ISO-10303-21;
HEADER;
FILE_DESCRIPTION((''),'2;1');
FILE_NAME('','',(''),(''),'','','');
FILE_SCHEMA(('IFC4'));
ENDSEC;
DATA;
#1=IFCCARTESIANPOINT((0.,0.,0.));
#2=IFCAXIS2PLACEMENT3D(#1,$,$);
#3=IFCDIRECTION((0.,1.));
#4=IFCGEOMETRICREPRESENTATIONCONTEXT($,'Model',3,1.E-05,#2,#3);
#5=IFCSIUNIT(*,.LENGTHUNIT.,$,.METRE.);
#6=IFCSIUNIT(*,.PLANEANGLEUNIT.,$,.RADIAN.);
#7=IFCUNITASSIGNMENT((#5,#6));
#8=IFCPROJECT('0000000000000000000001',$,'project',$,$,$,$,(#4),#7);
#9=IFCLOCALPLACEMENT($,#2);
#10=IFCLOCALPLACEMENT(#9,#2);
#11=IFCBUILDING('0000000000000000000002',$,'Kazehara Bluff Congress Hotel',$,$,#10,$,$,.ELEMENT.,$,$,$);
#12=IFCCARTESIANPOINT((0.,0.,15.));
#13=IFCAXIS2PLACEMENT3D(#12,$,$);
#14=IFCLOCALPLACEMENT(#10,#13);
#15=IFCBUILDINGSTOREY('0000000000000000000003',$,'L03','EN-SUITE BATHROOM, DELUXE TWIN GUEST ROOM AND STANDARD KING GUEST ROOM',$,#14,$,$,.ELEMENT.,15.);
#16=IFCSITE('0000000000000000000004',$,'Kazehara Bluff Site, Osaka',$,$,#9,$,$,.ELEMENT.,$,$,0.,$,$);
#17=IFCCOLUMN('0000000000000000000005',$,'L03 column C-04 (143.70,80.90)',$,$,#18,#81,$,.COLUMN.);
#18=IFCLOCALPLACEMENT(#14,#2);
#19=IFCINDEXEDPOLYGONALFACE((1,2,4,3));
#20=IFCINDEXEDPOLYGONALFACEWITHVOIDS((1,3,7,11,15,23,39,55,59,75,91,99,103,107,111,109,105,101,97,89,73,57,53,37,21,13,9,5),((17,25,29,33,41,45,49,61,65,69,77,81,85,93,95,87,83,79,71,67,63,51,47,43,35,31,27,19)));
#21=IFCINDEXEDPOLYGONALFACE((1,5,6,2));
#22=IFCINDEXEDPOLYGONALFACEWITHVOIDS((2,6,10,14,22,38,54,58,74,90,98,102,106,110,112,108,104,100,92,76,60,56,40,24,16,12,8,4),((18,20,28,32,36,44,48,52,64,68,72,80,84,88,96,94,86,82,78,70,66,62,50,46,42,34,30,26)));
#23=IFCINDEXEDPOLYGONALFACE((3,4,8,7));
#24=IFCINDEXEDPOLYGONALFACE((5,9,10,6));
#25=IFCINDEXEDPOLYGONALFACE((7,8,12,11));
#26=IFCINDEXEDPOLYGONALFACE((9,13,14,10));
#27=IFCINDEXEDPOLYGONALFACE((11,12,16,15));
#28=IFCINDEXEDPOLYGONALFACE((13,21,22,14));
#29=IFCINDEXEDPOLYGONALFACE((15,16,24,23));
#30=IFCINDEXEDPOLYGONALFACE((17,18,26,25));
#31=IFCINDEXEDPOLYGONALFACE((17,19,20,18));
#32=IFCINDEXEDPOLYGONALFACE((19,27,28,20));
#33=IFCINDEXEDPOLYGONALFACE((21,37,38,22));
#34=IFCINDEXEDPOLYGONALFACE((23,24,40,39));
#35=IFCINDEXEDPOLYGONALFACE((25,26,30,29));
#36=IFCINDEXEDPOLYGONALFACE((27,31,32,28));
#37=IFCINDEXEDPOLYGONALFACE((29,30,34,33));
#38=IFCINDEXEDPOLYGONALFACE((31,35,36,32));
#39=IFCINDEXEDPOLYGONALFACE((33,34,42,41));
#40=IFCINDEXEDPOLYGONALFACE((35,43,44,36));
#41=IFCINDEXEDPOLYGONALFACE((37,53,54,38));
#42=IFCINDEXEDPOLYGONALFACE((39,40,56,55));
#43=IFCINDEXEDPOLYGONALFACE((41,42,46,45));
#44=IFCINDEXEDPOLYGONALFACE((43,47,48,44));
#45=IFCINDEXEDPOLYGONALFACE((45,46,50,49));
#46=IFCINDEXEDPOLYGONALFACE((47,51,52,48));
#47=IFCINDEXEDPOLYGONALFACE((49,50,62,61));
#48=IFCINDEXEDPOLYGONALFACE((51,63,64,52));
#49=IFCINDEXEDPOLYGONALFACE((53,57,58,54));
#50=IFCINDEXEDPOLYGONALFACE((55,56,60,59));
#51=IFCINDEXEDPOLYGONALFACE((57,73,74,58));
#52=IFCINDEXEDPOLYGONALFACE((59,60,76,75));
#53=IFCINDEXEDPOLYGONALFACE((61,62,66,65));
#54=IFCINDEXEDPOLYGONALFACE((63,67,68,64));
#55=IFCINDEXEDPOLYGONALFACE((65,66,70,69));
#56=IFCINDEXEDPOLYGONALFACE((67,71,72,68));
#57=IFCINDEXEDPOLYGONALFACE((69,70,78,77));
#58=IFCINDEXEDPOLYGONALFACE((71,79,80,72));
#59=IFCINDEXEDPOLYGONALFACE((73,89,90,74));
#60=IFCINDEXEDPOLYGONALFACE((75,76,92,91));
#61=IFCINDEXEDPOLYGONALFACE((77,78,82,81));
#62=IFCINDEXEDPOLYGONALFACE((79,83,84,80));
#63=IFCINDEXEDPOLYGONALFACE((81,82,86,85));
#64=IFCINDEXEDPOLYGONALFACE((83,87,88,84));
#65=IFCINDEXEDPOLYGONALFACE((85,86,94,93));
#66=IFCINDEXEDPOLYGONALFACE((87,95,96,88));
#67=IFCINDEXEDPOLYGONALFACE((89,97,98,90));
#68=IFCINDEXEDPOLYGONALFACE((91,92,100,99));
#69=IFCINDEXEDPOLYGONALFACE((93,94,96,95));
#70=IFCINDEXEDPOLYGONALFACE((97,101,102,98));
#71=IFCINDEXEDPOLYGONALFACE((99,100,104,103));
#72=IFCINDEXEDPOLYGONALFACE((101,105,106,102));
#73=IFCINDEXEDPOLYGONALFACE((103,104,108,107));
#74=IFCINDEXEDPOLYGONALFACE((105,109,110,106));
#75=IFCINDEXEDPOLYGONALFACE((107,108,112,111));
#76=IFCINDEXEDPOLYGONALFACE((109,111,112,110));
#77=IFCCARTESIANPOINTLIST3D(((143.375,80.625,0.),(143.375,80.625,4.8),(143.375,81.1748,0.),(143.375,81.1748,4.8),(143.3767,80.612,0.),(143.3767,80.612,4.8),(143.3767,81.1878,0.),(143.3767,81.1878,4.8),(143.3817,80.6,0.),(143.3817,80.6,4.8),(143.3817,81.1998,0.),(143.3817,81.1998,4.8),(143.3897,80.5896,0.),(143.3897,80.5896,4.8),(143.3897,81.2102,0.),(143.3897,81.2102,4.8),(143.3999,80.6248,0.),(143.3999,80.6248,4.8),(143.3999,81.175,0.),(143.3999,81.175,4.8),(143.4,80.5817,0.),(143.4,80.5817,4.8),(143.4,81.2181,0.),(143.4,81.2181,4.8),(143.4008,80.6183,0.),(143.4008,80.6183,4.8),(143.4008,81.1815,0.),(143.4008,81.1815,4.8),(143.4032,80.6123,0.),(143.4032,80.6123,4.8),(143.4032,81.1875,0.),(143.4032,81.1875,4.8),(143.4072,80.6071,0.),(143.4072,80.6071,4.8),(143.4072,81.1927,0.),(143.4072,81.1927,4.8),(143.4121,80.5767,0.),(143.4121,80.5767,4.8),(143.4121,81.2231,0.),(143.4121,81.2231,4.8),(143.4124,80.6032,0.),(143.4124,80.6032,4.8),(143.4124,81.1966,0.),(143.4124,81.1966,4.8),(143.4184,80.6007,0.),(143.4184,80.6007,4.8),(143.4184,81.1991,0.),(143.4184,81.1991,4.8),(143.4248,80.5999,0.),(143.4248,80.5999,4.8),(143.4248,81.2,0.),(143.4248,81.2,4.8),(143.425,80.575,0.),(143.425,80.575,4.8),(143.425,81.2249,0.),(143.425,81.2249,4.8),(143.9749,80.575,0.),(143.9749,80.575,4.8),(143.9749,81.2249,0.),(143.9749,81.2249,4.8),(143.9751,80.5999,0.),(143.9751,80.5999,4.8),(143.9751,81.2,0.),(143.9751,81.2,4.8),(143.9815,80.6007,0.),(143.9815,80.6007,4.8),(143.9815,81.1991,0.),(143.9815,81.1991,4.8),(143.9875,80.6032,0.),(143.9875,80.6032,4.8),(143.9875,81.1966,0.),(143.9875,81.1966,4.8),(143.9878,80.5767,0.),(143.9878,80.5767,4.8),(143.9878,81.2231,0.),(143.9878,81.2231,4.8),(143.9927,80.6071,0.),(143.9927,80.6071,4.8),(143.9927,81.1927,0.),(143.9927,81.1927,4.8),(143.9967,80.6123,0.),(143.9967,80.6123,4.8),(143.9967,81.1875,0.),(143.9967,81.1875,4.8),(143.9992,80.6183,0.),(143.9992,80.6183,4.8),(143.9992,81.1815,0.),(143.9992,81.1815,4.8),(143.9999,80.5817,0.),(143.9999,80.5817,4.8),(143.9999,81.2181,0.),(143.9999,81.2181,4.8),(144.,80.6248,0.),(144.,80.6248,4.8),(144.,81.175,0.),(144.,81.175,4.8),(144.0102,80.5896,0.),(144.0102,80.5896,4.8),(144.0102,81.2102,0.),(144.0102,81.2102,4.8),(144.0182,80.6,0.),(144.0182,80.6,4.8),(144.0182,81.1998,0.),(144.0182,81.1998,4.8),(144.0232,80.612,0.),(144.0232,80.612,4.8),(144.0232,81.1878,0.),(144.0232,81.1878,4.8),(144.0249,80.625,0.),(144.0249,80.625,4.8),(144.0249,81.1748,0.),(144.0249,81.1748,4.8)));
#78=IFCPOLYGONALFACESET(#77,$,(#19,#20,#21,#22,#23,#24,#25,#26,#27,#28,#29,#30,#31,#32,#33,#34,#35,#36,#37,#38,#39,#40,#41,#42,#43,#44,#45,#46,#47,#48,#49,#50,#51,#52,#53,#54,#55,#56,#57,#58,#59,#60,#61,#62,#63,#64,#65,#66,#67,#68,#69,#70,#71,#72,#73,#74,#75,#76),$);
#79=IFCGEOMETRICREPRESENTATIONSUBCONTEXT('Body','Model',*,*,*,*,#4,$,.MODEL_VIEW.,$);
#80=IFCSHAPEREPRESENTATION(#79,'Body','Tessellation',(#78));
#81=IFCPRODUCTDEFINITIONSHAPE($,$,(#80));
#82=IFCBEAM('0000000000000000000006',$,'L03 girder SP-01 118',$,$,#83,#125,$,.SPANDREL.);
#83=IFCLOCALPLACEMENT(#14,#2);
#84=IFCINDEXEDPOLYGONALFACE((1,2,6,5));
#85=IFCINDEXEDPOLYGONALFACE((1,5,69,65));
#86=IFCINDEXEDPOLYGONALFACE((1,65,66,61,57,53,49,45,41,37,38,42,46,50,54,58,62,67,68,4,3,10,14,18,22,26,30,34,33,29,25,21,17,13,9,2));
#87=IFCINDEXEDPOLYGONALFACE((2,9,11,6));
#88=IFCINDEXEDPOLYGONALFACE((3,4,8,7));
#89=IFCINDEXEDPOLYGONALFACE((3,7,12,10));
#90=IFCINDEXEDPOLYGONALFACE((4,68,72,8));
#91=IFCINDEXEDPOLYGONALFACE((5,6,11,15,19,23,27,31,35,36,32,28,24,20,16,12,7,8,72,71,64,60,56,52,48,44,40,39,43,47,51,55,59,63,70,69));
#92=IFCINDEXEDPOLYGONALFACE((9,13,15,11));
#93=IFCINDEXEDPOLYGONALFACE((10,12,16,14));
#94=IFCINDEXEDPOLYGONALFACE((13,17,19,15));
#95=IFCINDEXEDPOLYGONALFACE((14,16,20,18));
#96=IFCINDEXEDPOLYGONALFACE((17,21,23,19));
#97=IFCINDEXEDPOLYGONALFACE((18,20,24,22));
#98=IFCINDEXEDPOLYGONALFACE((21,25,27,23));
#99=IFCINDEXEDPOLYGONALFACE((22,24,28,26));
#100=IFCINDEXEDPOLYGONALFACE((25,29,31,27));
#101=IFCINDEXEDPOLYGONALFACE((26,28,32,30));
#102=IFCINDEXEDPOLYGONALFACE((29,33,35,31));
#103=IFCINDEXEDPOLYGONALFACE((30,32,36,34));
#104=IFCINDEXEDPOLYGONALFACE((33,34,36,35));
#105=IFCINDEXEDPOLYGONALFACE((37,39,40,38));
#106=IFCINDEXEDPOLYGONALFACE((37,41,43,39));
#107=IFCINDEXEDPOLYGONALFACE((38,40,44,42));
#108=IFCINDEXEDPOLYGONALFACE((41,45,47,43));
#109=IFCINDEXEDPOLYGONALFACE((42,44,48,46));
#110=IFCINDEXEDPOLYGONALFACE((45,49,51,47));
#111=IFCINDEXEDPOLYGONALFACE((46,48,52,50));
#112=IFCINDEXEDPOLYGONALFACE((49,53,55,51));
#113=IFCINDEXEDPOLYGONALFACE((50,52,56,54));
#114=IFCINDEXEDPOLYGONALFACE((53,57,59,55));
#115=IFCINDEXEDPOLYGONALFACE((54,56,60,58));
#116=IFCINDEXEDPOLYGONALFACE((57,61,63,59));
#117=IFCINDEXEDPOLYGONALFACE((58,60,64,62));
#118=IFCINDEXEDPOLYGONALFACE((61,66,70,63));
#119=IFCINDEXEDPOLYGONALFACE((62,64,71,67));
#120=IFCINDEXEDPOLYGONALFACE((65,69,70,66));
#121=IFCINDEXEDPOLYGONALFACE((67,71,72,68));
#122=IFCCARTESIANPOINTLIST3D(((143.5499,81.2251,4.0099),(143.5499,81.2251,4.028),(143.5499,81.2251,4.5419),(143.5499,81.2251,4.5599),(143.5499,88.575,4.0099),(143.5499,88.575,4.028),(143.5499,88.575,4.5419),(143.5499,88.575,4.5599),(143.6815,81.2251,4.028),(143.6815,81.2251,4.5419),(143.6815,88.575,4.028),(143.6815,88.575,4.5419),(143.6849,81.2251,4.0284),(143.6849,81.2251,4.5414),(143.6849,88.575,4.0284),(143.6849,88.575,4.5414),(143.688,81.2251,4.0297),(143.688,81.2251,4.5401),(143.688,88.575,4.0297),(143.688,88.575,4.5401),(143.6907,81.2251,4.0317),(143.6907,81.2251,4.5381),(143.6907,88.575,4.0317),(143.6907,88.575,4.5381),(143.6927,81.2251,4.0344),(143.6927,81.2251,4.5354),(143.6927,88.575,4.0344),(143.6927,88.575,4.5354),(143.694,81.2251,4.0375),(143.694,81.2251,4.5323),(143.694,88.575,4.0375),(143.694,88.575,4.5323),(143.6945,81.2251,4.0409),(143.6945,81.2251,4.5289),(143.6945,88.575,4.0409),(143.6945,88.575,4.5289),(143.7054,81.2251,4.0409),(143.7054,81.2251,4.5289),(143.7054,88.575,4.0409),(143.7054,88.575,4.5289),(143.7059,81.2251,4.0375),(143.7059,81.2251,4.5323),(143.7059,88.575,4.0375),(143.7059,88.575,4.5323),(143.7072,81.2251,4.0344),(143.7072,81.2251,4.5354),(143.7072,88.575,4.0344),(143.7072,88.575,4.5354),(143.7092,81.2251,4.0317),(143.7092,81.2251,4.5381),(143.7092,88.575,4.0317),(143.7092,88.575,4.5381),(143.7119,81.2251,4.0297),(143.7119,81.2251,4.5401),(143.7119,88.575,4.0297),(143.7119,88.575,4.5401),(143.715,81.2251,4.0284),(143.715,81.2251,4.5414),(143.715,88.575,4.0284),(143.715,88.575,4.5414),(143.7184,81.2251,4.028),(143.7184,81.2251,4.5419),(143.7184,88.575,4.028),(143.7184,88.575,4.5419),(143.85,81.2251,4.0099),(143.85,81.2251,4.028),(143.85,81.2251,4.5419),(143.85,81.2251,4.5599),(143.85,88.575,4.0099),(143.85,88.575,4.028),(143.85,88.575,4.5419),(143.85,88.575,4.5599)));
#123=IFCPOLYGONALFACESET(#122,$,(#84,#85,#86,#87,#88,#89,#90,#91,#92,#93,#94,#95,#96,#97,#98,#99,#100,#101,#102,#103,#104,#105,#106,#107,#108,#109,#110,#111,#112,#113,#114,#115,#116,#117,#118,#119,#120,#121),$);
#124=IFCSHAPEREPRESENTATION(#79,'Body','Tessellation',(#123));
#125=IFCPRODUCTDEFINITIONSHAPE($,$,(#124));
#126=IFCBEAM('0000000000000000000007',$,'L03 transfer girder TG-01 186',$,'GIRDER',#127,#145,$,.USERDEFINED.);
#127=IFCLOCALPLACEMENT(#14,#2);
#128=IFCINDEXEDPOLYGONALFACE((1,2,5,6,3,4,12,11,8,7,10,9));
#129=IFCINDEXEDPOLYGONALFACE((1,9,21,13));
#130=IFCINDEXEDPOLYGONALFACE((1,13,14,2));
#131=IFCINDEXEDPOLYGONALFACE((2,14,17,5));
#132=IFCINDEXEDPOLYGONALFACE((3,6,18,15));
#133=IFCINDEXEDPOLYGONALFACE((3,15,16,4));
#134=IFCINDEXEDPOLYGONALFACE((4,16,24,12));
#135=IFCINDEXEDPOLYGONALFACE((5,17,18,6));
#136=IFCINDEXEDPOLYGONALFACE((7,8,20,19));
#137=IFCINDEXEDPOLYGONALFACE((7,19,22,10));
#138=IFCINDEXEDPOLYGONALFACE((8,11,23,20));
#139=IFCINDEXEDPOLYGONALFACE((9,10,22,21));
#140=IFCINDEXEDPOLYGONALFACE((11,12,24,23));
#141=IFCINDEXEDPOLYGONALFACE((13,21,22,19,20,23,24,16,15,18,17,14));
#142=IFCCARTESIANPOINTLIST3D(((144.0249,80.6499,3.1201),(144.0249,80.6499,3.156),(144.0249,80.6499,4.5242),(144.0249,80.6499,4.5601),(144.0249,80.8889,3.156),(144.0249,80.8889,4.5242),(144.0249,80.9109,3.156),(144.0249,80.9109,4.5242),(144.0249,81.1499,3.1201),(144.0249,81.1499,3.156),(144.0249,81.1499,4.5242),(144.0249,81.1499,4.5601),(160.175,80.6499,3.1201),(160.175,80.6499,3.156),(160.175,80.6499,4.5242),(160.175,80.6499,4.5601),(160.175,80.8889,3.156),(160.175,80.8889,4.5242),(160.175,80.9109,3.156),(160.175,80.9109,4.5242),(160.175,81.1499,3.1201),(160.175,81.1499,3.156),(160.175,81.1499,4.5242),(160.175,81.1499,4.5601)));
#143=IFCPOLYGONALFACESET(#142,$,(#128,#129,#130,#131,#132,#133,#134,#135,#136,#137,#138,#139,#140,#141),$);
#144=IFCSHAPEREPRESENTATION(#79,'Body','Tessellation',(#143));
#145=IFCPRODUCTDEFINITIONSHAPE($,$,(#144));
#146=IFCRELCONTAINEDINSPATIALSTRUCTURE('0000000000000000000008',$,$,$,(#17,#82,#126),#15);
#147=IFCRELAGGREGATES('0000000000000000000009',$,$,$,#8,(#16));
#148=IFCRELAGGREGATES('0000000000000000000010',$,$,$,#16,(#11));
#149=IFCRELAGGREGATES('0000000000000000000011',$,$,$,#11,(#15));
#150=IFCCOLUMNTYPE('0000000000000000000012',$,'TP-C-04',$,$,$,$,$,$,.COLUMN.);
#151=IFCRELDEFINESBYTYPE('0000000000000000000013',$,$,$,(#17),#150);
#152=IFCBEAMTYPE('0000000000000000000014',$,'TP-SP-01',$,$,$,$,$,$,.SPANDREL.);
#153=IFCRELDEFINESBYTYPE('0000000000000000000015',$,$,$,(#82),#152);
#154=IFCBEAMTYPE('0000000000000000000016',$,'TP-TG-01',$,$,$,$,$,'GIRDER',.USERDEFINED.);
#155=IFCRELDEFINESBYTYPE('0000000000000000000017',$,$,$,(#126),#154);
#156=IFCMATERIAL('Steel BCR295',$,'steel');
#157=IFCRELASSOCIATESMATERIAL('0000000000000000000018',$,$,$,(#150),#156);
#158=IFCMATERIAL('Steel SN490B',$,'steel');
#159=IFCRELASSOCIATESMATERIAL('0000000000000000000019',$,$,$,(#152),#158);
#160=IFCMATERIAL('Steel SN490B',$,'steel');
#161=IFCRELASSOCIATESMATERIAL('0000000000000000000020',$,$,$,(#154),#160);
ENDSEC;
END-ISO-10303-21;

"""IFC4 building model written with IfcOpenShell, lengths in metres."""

from ifc_helpers import new_model, si_unit, direction, frame, origin, origin_2d, place, context, subcontext, project, spatial, hollow_rectangle, i_section, extrude, material, material_profile, profile_set, type_object, element, save


model = new_model("IFC4")

# Units and contexts
model_context = context("Model", 3, precision=1e-05, world=origin(), true_north=direction((0.0, 1.0)))
body_context = subcontext(model_context, "Body", "Model", "MODEL_VIEW")
ifc_project = project(units=[si_unit("LENGTHUNIT", "METRE"), si_unit("PLANEANGLEUNIT", "RADIAN")], contexts=[model_context])

# Site, building, storey
site_placement = place(None, origin())
site = spatial("IfcSite", under=ifc_project, at=site_placement, Name="Kazehara Bluff Site, Osaka", CompositionType="ELEMENT", RefElevation=0.0)
building_placement = place(site_placement, origin())
building = spatial("IfcBuilding", under=site, at=building_placement, Name="Kazehara Bluff Congress Hotel", CompositionType="ELEMENT")
storey_placement = place(building_placement, frame((0.0, 0.0, 15.0)))
storey = spatial("IfcBuildingStorey", under=building, at=storey_placement, Name="L03", Description="EN-SUITE BATHROOM, DELUXE TWIN GUEST ROOM AND STANDARD KING GUEST ROOM", CompositionType="ELEMENT", Elevation=15.0)

# Column
ifc_material_1 = material(Name="Steel BCR295", Category="steel")
ifc_material_profile_1 = material_profile(ifc_material_1, hollow_rectangle(XDim=0.6499, YDim=0.6499, WallThickness=0.0249, InnerFilletRadius=0.0249, OuterFilletRadius=0.05, at=origin_2d()))
ifc_profile_set_1 = profile_set([ifc_material_profile_1], Name="Steel BCR295")
column_type = type_object("IfcColumnType", Name="TP-C-04", PredefinedType="COLUMN", material=ifc_profile_set_1)
column_placement = place(storey_placement, frame((143.7, 80.8999, 0.0), z_axis=(0.0, 0.0, 1.0), x_axis=(1.0, 0.0, 0.0)))
element("IfcColumn", 1, at=column_placement, inside=storey, type_object=column_type, Name="L03 column C-04 (143.70,80.90)", PredefinedType="COLUMN", context=body_context, shape_type="SweptSolid", body=[
    extrude(hollow_rectangle(XDim=0.6499, YDim=0.6499, WallThickness=0.0249, InnerFilletRadius=0.0249, OuterFilletRadius=0.05, at=origin_2d()), origin(), (0.0, 0.0, 1.0), 4.8),
])

# Beams
ifc_material_2 = material(Name="Steel SN490B", Category="steel")
ifc_material_profile_2 = material_profile(ifc_material_2, i_section(OverallWidth=0.3, OverallDepth=0.55, WebThickness=0.011, FlangeThickness=0.0181, FilletRadius=0.0129, at=origin_2d()))
ifc_profile_set_2 = profile_set([ifc_material_profile_2], Name="Steel SN490B")
beam_type_1 = type_object("IfcBeamType", Name="TP-SP-01", PredefinedType="SPANDREL", material=ifc_profile_set_2)
beam_1_placement = place(storey_placement, frame((143.7, 81.2251, 4.2849), z_axis=(0.0, 1.0, 0.0), x_axis=(-1.0, 0.0, 0.0)))
element("IfcBeam", 2, at=beam_1_placement, inside=storey, type_object=beam_type_1, Name="L03 girder SP-01 118", PredefinedType="SPANDREL", context=body_context, shape_type="SweptSolid", body=[
    extrude(i_section(OverallWidth=0.3, OverallDepth=0.55, WebThickness=0.011, FlangeThickness=0.0181, FilletRadius=0.0129, at=origin_2d()), origin(), (0.0, 0.0, 1.0), 7.3499),
])
ifc_material_3 = material(Name="Steel SN490B", Category="steel")
ifc_material_profile_3 = material_profile(ifc_material_3, i_section(OverallWidth=0.5, OverallDepth=1.4399, WebThickness=0.022, FlangeThickness=0.0359, at=origin_2d()))
ifc_profile_set_3 = profile_set([ifc_material_profile_3], Name="Steel SN490B")
beam_type_2 = type_object("IfcBeamType", Name="TP-TG-01", ElementType="GIRDER", PredefinedType="USERDEFINED", material=ifc_profile_set_3)
beam_2_placement = place(storey_placement, frame((144.0249, 80.8999, 3.8401), z_axis=(1.0, 0.0, 0.0), x_axis=(0.0, 1.0, 0.0)))
element("IfcBeam", 3, at=beam_2_placement, inside=storey, type_object=beam_type_2, Name="L03 transfer girder TG-01 186", ObjectType="GIRDER", PredefinedType="USERDEFINED", context=body_context, shape_type="SweptSolid", body=[
    extrude(i_section(OverallWidth=0.5, OverallDepth=1.4399, WebThickness=0.022, FlangeThickness=0.0359, at=origin_2d()), origin(), (0.0, 0.0, 1.0), 16.1501),
])

save(model, "model.ifc")
